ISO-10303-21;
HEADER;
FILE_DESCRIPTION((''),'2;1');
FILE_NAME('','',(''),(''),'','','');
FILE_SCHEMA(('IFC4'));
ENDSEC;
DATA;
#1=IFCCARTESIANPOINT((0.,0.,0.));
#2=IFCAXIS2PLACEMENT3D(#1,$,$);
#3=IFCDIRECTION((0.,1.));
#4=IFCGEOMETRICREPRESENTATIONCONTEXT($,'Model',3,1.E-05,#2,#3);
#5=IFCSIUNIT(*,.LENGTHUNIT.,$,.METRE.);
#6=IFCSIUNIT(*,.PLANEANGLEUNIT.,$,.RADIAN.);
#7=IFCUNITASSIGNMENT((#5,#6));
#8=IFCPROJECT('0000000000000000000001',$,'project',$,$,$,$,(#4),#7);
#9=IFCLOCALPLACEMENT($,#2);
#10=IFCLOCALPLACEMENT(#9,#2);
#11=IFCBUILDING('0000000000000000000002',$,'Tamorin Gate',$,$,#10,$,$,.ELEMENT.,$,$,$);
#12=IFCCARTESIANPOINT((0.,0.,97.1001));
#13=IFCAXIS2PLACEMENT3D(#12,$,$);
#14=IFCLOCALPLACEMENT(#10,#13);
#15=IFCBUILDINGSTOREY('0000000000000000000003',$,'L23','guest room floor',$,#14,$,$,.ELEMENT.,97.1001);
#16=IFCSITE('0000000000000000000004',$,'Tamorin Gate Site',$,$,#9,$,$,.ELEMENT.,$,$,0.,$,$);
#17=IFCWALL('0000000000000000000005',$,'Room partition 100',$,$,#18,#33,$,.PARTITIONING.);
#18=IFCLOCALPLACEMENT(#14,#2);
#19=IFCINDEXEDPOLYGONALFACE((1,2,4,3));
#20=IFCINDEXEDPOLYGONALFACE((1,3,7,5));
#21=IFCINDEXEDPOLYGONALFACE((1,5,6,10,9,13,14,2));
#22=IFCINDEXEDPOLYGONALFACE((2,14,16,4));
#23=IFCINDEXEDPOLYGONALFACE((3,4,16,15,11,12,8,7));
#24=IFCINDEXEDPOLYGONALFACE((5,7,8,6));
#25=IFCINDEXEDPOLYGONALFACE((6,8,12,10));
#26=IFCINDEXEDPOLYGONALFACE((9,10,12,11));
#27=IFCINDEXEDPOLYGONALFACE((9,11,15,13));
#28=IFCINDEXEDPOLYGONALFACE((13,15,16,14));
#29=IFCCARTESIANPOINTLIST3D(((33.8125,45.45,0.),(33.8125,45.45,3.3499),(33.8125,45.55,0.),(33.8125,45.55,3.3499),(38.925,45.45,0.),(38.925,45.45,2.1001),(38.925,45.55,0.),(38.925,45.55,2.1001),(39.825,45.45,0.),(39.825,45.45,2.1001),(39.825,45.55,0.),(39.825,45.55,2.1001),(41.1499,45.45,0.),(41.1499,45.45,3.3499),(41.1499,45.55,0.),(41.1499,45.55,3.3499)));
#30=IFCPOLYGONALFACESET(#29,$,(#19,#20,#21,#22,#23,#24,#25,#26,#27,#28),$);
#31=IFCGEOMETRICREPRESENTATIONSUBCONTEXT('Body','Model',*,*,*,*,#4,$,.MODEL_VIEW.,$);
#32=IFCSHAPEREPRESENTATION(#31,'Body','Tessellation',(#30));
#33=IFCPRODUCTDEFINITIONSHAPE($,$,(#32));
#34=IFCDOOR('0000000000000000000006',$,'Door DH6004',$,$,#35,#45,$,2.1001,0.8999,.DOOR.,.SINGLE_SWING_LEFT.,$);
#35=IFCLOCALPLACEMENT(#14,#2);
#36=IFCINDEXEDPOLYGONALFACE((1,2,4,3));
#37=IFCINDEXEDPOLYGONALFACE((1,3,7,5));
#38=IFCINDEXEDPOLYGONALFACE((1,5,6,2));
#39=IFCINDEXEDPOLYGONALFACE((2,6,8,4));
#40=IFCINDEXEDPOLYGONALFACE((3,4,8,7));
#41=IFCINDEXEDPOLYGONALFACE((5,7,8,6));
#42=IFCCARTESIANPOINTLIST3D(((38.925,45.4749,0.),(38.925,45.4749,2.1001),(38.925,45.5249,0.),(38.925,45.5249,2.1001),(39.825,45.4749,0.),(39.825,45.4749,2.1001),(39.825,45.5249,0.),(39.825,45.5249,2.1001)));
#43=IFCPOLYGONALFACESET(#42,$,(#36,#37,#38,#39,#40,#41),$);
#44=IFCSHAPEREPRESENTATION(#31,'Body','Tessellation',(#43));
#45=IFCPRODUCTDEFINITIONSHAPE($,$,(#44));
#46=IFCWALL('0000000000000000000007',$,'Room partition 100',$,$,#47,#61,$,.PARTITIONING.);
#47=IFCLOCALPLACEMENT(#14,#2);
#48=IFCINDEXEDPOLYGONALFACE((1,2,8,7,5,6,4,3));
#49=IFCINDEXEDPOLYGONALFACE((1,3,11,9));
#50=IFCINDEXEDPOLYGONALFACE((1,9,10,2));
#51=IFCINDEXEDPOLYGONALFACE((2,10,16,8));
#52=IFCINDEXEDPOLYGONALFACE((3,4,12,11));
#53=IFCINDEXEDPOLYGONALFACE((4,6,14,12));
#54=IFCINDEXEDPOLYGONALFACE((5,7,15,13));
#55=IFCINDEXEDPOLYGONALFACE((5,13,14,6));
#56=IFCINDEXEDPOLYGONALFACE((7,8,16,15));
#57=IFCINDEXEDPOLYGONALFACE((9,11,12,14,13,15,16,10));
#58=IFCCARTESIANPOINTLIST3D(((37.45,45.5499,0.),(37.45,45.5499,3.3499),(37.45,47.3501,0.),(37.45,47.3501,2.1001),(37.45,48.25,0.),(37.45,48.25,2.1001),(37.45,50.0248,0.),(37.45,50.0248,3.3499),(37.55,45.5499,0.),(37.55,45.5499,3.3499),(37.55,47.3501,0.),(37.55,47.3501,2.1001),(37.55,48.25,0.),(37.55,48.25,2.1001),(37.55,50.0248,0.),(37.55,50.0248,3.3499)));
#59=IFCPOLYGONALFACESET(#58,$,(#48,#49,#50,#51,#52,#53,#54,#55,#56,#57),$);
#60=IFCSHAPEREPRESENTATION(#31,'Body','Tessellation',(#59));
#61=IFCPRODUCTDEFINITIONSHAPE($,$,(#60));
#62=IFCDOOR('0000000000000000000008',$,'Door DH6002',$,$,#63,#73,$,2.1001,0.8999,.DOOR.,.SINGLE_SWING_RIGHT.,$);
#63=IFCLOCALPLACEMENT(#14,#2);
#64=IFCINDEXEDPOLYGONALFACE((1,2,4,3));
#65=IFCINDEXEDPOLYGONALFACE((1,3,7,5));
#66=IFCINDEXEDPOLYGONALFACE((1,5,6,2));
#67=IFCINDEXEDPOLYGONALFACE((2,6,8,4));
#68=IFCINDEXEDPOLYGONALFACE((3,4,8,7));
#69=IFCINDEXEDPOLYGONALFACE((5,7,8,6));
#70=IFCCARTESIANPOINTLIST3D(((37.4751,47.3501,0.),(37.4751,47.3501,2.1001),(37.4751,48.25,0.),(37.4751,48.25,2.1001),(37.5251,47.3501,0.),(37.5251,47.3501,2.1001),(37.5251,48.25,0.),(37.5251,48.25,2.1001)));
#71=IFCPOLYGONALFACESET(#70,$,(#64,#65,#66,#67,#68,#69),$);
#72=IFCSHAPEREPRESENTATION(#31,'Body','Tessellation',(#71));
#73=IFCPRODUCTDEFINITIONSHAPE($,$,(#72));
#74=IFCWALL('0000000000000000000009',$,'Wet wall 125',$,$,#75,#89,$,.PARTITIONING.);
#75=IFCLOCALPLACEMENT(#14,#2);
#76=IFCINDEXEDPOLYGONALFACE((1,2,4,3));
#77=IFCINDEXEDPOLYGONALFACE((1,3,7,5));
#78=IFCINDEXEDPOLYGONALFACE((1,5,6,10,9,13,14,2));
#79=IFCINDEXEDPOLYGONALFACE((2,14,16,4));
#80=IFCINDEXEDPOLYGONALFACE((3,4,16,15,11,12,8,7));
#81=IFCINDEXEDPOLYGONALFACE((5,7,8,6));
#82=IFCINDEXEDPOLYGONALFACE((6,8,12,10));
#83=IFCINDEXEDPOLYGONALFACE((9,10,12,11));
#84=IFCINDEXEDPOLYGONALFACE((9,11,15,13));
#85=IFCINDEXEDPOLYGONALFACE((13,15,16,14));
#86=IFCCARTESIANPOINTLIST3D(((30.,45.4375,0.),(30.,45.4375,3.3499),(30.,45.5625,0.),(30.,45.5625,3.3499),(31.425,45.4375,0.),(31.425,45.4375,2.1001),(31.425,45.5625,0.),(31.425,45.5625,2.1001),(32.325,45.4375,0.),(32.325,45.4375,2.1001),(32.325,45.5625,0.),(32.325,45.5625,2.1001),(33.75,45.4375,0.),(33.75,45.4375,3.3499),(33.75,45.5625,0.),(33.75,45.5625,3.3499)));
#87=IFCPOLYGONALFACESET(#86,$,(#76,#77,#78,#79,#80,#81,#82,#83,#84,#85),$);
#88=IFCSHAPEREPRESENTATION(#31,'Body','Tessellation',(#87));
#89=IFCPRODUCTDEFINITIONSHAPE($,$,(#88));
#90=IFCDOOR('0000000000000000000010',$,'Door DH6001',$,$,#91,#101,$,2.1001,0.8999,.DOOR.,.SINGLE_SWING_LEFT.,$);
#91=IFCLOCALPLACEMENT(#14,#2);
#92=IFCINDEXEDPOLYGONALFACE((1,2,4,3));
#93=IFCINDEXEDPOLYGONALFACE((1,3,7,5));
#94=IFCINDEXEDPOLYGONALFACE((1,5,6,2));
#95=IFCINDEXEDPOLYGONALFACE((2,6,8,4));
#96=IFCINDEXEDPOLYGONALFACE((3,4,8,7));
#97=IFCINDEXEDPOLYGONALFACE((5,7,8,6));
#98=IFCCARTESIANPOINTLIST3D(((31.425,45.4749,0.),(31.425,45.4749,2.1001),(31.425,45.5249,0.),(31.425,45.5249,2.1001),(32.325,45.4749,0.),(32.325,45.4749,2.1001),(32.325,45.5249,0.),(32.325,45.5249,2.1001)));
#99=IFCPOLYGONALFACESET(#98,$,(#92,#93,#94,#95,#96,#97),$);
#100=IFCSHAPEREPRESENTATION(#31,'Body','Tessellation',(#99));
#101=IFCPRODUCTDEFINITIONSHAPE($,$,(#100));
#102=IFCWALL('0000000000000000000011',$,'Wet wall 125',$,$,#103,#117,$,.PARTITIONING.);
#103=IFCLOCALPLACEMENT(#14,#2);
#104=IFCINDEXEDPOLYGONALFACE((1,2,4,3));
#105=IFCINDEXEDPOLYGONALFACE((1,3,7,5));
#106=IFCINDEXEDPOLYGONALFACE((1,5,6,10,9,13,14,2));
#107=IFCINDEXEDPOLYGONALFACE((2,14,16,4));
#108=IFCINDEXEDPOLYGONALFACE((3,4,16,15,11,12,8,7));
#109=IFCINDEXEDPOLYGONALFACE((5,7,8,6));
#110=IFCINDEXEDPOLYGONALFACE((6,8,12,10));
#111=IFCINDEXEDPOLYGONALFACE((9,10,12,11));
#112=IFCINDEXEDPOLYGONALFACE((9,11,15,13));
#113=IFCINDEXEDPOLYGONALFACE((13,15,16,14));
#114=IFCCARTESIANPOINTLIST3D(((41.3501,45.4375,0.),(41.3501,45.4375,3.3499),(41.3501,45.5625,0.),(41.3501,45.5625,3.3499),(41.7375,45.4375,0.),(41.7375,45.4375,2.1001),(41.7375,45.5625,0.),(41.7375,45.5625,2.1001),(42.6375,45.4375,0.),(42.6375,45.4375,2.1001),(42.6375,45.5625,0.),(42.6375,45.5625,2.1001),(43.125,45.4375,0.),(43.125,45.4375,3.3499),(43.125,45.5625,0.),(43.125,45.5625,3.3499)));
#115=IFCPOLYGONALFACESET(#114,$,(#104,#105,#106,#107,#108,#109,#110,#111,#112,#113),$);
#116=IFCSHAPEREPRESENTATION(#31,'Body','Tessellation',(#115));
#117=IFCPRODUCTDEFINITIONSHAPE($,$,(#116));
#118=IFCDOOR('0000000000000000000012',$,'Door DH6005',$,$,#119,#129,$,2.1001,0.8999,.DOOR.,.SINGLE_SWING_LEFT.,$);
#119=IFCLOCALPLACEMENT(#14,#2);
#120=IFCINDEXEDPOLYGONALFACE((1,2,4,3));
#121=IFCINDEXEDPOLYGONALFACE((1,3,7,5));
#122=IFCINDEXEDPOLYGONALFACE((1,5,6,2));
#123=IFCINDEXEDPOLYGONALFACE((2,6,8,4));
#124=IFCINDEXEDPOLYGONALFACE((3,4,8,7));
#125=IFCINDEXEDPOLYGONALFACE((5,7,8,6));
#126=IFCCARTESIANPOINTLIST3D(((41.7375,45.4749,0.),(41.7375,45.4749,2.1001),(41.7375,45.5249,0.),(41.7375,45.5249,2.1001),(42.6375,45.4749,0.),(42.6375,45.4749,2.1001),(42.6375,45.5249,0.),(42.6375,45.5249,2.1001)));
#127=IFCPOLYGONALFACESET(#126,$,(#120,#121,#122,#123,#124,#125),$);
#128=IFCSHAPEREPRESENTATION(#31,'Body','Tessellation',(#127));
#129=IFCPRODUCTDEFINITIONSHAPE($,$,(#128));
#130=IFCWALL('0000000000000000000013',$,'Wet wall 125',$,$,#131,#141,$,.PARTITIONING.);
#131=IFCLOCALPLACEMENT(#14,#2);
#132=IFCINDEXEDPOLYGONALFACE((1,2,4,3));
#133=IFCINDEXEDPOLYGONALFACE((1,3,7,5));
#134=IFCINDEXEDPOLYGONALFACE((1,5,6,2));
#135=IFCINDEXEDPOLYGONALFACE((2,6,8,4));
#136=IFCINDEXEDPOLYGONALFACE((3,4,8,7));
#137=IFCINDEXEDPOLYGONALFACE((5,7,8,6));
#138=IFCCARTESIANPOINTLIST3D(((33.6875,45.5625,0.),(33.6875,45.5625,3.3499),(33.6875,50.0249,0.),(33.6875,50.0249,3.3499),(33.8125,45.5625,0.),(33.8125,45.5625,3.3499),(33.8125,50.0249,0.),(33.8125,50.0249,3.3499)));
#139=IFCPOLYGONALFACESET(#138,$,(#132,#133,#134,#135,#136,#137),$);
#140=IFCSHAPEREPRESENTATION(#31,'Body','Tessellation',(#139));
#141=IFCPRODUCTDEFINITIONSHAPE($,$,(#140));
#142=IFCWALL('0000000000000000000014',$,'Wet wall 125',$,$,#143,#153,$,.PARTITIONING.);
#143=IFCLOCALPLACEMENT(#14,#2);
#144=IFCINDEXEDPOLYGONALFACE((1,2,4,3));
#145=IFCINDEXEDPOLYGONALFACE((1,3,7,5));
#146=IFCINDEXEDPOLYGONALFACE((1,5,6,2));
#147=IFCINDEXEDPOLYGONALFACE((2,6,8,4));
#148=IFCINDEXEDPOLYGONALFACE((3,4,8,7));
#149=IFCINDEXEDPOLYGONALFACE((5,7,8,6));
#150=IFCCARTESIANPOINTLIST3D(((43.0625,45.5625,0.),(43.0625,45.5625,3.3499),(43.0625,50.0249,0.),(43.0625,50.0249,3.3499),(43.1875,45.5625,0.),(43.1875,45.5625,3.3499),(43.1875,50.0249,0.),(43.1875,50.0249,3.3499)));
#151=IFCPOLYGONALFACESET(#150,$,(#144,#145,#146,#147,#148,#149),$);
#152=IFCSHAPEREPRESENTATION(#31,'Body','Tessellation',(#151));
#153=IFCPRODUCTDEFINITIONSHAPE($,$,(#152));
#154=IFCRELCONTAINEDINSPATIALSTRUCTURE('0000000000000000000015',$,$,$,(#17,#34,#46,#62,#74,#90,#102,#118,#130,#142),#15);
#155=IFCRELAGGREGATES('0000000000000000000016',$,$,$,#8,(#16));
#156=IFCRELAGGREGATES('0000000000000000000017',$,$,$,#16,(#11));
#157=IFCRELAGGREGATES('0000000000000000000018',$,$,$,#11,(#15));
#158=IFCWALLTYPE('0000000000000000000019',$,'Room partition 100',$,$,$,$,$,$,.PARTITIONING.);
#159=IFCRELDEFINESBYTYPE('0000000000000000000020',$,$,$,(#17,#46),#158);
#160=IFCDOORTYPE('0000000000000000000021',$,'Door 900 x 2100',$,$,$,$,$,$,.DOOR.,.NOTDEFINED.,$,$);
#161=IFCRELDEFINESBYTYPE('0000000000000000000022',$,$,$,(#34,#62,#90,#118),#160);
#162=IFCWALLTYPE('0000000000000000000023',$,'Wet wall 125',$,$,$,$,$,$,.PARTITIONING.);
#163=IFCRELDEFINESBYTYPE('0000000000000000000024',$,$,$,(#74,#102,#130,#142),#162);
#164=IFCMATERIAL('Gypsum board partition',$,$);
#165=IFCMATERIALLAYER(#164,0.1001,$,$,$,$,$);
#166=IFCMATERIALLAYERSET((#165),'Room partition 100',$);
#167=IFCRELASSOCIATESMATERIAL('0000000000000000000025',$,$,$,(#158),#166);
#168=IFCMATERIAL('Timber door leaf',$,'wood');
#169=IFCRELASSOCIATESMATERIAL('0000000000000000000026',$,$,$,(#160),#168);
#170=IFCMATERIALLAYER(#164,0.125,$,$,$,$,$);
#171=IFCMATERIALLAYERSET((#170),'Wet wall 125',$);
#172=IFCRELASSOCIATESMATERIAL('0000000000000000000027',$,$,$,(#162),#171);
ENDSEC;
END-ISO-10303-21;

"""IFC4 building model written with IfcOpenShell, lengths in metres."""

from ifc_helpers import new_model, si_unit, direction, frame, frame_2d, origin, place, context, subcontext, project, spatial, rectangle, extrude, material, layer, layer_set, type_object, element, fill, save


model = new_model("IFC4")

# Units and contexts
model_context = context("Model", 3, precision=1e-05, world=origin(), true_north=direction((0.0, 1.0)))
body_context = subcontext(model_context, "Body", "Model", "MODEL_VIEW")
ifc_project = project(units=[si_unit("LENGTHUNIT", "METRE"), si_unit("PLANEANGLEUNIT", "RADIAN")], contexts=[model_context])

# Site, building, storey
site_placement = place(None, origin())
site = spatial("IfcSite", under=ifc_project, at=site_placement, Name="Tamorin Gate Site", CompositionType="ELEMENT", RefElevation=0.0)
building_placement = place(site_placement, origin())
building = spatial("IfcBuilding", under=site, at=building_placement, Name="Tamorin Gate", CompositionType="ELEMENT")
storey_placement = place(building_placement, frame((0.0, 0.0, 97.1001)))
storey = spatial("IfcBuildingStorey", under=building, at=storey_placement, Name="L23", Description="guest room floor", CompositionType="ELEMENT", Elevation=97.1001)

# Shared definitions
ifc_material_1 = material(Name="Gypsum board partition")
ifc_material_2 = material(Name="Timber door leaf", Category="wood")

# Walls, openings, doors
ifc_layer_1 = layer(ifc_material_1, 0.1001)
ifc_layer_set_1 = layer_set([ifc_layer_1], Name="Room partition 100")
wall_type_1 = type_object("IfcWallType", Name="Room partition 100", PredefinedType="PARTITIONING", material=ifc_layer_set_1)
wall_1_placement = place(storey_placement, frame((33.8125, 45.5, 0.0), z_axis=(0.0, 0.0, 1.0), x_axis=(1.0, 0.0, 0.0)))
wall_1 = element("IfcWall", 1, at=wall_1_placement, inside=storey, type_object=wall_type_1, Name="Room partition 100", PredefinedType="PARTITIONING", context=body_context, shape_type="SweptSolid", body=[
    extrude(rectangle(XDim=7.3374, YDim=0.1001, at=frame_2d((3.6687, 0.0))), origin(), (0.0, 0.0, 1.0), 3.3499),
])
opening_1_placement = place(wall_1_placement, frame((5.1125, 0.0, 0.0)))
opening_1 = element("IfcOpeningElement", 2, at=opening_1_placement, cuts=wall_1, PredefinedType="OPENING", context=body_context, shape_type="SweptSolid", body=[
    extrude(rectangle(XDim=0.8999, YDim=2.1001, at=frame_2d((0.45, 1.05))), frame((0.0, 0.0601, 0.0), z_axis=(0.0, -1.0, 0.0), x_axis=(1.0, 0.0, 0.0)), (0.0, 0.0, 1.0), 0.1201),
])
door_type_1 = type_object("IfcDoorType", Name="Door 900 x 2100", OperationType="NOTDEFINED", PredefinedType="DOOR", material=ifc_material_2)
door_1_placement = place(opening_1_placement, origin())
door_1 = element("IfcDoor", 3, at=door_1_placement, inside=storey, type_object=door_type_1, Name="Door DH6004", OperationType="SINGLE_SWING_LEFT", OverallHeight=2.1001, OverallWidth=0.8999, PredefinedType="DOOR", context=body_context, shape_type="SweptSolid", body=[
    extrude(rectangle(XDim=0.8999, YDim=2.1001, at=frame_2d((0.45, 1.05))), frame((0.0, 0.0249, 0.0), z_axis=(0.0, -1.0, 0.0), x_axis=(1.0, 0.0, 0.0)), (0.0, 0.0, 1.0), 0.05),
])
fill(opening_1, door_1)
wall_2_placement = place(storey_placement, frame((37.5, 45.55, 0.0), z_axis=(0.0, 0.0, 1.0), x_axis=(0.0, 1.0, 0.0)))
wall_2 = element("IfcWall", 4, at=wall_2_placement, inside=storey, type_object=wall_type_1, Name="Room partition 100", PredefinedType="PARTITIONING", context=body_context, shape_type="SweptSolid", body=[
    extrude(rectangle(XDim=4.4749, YDim=0.1001, at=frame_2d((2.2373, 0.0))), origin(), (0.0, 0.0, 1.0), 3.3499),
])
opening_2_placement = place(wall_2_placement, frame((1.8, 0.0, 0.0)))
opening_2 = element("IfcOpeningElement", 5, at=opening_2_placement, cuts=wall_2, PredefinedType="OPENING", context=body_context, shape_type="SweptSolid", body=[
    extrude(rectangle(XDim=0.8999, YDim=2.1001, at=frame_2d((0.45, 1.05))), frame((0.0, 0.0601, 0.0), z_axis=(0.0, -1.0, 0.0), x_axis=(1.0, 0.0, 0.0)), (0.0, 0.0, 1.0), 0.1201),
])
door_2_placement = place(opening_2_placement, origin())
door_2 = element("IfcDoor", 6, at=door_2_placement, inside=storey, type_object=door_type_1, Name="Door DH6002", OperationType="SINGLE_SWING_RIGHT", OverallHeight=2.1001, OverallWidth=0.8999, PredefinedType="DOOR", context=body_context, shape_type="SweptSolid", body=[
    extrude(rectangle(XDim=0.8999, YDim=2.1001, at=frame_2d((0.45, 1.05))), frame((0.0, 0.0249, 0.0), z_axis=(0.0, -1.0, 0.0), x_axis=(1.0, 0.0, 0.0)), (0.0, 0.0, 1.0), 0.05),
])
fill(opening_2, door_2)
ifc_layer_2 = layer(ifc_material_1, 0.125)
ifc_layer_set_2 = layer_set([ifc_layer_2], Name="Wet wall 125")
wall_type_2 = type_object("IfcWallType", Name="Wet wall 125", PredefinedType="PARTITIONING", material=ifc_layer_set_2)
wall_3_placement = place(storey_placement, frame((30.0, 45.5, 0.0), z_axis=(0.0, 0.0, 1.0), x_axis=(1.0, 0.0, 0.0)))
wall_3 = element("IfcWall", 7, at=wall_3_placement, inside=storey, type_object=wall_type_2, Name="Wet wall 125", PredefinedType="PARTITIONING", context=body_context, shape_type="SweptSolid", body=[
    extrude(rectangle(XDim=3.75, YDim=0.125, at=frame_2d((1.875, 0.0))), origin(), (0.0, 0.0, 1.0), 3.3499),
])
opening_3_placement = place(wall_3_placement, frame((1.425, 0.0, 0.0)))
opening_3 = element("IfcOpeningElement", 8, at=opening_3_placement, cuts=wall_3, PredefinedType="OPENING", context=body_context, shape_type="SweptSolid", body=[
    extrude(rectangle(XDim=0.8999, YDim=2.1001, at=frame_2d((0.45, 1.05))), frame((0.0, 0.0725, 0.0), z_axis=(0.0, -1.0, 0.0), x_axis=(1.0, 0.0, 0.0)), (0.0, 0.0, 1.0), 0.145),
])
door_3_placement = place(opening_3_placement, origin())
door_3 = element("IfcDoor", 9, at=door_3_placement, inside=storey, type_object=door_type_1, Name="Door DH6001", OperationType="SINGLE_SWING_LEFT", OverallHeight=2.1001, OverallWidth=0.8999, PredefinedType="DOOR", context=body_context, shape_type="SweptSolid", body=[
    extrude(rectangle(XDim=0.8999, YDim=2.1001, at=frame_2d((0.45, 1.05))), frame((0.0, 0.0249, 0.0), z_axis=(0.0, -1.0, 0.0), x_axis=(1.0, 0.0, 0.0)), (0.0, 0.0, 1.0), 0.05),
])
fill(opening_3, door_3)
wall_4_placement = place(storey_placement, frame((41.3501, 45.5, 0.0), z_axis=(0.0, 0.0, 1.0), x_axis=(1.0, 0.0, 0.0)))
wall_4 = element("IfcWall", 10, at=wall_4_placement, inside=storey, type_object=wall_type_2, Name="Wet wall 125", PredefinedType="PARTITIONING", context=body_context, shape_type="SweptSolid", body=[
    extrude(rectangle(XDim=1.7749, YDim=0.125, at=frame_2d((0.8875, 0.0))), origin(), (0.0, 0.0, 1.0), 3.3499),
])
opening_4_placement = place(wall_4_placement, frame((0.3875, 0.0, 0.0)))
opening_4 = element("IfcOpeningElement", 11, at=opening_4_placement, cuts=wall_4, PredefinedType="OPENING", context=body_context, shape_type="SweptSolid", body=[
    extrude(rectangle(XDim=0.8999, YDim=2.1001, at=frame_2d((0.45, 1.05))), frame((0.0, 0.0725, 0.0), z_axis=(0.0, -1.0, 0.0), x_axis=(1.0, 0.0, 0.0)), (0.0, 0.0, 1.0), 0.145),
])
door_4_placement = place(opening_4_placement, origin())
door_4 = element("IfcDoor", 12, at=door_4_placement, inside=storey, type_object=door_type_1, Name="Door DH6005", OperationType="SINGLE_SWING_LEFT", OverallHeight=2.1001, OverallWidth=0.8999, PredefinedType="DOOR", context=body_context, shape_type="SweptSolid", body=[
    extrude(rectangle(XDim=0.8999, YDim=2.1001, at=frame_2d((0.45, 1.05))), frame((0.0, 0.0249, 0.0), z_axis=(0.0, -1.0, 0.0), x_axis=(1.0, 0.0, 0.0)), (0.0, 0.0, 1.0), 0.05),
])
fill(opening_4, door_4)

# Walls
for number, where, z_axis, x_axis, name in (
    (13, (33.75, 45.5625, 0.0), (0.0, 0.0, 1.0), (0.0, 1.0, 0.0), "Wet wall 125"),
    (14, (43.125, 45.5625, 0.0), (0.0, 0.0, 1.0), (0.0, 1.0, 0.0), "Wet wall 125"),
):
    element("IfcWall", number, at=place(storey_placement, frame(where, z_axis=z_axis, x_axis=x_axis)), inside=storey, type_object=wall_type_2, Name=name, PredefinedType="PARTITIONING", context=body_context, shape_type="SweptSolid", body=[
        extrude(rectangle(XDim=4.4624, YDim=0.125, at=frame_2d((2.2312, 0.0))), origin(), (0.0, 0.0, 1.0), 3.3499),
    ])

save(model, "model.ifc")
